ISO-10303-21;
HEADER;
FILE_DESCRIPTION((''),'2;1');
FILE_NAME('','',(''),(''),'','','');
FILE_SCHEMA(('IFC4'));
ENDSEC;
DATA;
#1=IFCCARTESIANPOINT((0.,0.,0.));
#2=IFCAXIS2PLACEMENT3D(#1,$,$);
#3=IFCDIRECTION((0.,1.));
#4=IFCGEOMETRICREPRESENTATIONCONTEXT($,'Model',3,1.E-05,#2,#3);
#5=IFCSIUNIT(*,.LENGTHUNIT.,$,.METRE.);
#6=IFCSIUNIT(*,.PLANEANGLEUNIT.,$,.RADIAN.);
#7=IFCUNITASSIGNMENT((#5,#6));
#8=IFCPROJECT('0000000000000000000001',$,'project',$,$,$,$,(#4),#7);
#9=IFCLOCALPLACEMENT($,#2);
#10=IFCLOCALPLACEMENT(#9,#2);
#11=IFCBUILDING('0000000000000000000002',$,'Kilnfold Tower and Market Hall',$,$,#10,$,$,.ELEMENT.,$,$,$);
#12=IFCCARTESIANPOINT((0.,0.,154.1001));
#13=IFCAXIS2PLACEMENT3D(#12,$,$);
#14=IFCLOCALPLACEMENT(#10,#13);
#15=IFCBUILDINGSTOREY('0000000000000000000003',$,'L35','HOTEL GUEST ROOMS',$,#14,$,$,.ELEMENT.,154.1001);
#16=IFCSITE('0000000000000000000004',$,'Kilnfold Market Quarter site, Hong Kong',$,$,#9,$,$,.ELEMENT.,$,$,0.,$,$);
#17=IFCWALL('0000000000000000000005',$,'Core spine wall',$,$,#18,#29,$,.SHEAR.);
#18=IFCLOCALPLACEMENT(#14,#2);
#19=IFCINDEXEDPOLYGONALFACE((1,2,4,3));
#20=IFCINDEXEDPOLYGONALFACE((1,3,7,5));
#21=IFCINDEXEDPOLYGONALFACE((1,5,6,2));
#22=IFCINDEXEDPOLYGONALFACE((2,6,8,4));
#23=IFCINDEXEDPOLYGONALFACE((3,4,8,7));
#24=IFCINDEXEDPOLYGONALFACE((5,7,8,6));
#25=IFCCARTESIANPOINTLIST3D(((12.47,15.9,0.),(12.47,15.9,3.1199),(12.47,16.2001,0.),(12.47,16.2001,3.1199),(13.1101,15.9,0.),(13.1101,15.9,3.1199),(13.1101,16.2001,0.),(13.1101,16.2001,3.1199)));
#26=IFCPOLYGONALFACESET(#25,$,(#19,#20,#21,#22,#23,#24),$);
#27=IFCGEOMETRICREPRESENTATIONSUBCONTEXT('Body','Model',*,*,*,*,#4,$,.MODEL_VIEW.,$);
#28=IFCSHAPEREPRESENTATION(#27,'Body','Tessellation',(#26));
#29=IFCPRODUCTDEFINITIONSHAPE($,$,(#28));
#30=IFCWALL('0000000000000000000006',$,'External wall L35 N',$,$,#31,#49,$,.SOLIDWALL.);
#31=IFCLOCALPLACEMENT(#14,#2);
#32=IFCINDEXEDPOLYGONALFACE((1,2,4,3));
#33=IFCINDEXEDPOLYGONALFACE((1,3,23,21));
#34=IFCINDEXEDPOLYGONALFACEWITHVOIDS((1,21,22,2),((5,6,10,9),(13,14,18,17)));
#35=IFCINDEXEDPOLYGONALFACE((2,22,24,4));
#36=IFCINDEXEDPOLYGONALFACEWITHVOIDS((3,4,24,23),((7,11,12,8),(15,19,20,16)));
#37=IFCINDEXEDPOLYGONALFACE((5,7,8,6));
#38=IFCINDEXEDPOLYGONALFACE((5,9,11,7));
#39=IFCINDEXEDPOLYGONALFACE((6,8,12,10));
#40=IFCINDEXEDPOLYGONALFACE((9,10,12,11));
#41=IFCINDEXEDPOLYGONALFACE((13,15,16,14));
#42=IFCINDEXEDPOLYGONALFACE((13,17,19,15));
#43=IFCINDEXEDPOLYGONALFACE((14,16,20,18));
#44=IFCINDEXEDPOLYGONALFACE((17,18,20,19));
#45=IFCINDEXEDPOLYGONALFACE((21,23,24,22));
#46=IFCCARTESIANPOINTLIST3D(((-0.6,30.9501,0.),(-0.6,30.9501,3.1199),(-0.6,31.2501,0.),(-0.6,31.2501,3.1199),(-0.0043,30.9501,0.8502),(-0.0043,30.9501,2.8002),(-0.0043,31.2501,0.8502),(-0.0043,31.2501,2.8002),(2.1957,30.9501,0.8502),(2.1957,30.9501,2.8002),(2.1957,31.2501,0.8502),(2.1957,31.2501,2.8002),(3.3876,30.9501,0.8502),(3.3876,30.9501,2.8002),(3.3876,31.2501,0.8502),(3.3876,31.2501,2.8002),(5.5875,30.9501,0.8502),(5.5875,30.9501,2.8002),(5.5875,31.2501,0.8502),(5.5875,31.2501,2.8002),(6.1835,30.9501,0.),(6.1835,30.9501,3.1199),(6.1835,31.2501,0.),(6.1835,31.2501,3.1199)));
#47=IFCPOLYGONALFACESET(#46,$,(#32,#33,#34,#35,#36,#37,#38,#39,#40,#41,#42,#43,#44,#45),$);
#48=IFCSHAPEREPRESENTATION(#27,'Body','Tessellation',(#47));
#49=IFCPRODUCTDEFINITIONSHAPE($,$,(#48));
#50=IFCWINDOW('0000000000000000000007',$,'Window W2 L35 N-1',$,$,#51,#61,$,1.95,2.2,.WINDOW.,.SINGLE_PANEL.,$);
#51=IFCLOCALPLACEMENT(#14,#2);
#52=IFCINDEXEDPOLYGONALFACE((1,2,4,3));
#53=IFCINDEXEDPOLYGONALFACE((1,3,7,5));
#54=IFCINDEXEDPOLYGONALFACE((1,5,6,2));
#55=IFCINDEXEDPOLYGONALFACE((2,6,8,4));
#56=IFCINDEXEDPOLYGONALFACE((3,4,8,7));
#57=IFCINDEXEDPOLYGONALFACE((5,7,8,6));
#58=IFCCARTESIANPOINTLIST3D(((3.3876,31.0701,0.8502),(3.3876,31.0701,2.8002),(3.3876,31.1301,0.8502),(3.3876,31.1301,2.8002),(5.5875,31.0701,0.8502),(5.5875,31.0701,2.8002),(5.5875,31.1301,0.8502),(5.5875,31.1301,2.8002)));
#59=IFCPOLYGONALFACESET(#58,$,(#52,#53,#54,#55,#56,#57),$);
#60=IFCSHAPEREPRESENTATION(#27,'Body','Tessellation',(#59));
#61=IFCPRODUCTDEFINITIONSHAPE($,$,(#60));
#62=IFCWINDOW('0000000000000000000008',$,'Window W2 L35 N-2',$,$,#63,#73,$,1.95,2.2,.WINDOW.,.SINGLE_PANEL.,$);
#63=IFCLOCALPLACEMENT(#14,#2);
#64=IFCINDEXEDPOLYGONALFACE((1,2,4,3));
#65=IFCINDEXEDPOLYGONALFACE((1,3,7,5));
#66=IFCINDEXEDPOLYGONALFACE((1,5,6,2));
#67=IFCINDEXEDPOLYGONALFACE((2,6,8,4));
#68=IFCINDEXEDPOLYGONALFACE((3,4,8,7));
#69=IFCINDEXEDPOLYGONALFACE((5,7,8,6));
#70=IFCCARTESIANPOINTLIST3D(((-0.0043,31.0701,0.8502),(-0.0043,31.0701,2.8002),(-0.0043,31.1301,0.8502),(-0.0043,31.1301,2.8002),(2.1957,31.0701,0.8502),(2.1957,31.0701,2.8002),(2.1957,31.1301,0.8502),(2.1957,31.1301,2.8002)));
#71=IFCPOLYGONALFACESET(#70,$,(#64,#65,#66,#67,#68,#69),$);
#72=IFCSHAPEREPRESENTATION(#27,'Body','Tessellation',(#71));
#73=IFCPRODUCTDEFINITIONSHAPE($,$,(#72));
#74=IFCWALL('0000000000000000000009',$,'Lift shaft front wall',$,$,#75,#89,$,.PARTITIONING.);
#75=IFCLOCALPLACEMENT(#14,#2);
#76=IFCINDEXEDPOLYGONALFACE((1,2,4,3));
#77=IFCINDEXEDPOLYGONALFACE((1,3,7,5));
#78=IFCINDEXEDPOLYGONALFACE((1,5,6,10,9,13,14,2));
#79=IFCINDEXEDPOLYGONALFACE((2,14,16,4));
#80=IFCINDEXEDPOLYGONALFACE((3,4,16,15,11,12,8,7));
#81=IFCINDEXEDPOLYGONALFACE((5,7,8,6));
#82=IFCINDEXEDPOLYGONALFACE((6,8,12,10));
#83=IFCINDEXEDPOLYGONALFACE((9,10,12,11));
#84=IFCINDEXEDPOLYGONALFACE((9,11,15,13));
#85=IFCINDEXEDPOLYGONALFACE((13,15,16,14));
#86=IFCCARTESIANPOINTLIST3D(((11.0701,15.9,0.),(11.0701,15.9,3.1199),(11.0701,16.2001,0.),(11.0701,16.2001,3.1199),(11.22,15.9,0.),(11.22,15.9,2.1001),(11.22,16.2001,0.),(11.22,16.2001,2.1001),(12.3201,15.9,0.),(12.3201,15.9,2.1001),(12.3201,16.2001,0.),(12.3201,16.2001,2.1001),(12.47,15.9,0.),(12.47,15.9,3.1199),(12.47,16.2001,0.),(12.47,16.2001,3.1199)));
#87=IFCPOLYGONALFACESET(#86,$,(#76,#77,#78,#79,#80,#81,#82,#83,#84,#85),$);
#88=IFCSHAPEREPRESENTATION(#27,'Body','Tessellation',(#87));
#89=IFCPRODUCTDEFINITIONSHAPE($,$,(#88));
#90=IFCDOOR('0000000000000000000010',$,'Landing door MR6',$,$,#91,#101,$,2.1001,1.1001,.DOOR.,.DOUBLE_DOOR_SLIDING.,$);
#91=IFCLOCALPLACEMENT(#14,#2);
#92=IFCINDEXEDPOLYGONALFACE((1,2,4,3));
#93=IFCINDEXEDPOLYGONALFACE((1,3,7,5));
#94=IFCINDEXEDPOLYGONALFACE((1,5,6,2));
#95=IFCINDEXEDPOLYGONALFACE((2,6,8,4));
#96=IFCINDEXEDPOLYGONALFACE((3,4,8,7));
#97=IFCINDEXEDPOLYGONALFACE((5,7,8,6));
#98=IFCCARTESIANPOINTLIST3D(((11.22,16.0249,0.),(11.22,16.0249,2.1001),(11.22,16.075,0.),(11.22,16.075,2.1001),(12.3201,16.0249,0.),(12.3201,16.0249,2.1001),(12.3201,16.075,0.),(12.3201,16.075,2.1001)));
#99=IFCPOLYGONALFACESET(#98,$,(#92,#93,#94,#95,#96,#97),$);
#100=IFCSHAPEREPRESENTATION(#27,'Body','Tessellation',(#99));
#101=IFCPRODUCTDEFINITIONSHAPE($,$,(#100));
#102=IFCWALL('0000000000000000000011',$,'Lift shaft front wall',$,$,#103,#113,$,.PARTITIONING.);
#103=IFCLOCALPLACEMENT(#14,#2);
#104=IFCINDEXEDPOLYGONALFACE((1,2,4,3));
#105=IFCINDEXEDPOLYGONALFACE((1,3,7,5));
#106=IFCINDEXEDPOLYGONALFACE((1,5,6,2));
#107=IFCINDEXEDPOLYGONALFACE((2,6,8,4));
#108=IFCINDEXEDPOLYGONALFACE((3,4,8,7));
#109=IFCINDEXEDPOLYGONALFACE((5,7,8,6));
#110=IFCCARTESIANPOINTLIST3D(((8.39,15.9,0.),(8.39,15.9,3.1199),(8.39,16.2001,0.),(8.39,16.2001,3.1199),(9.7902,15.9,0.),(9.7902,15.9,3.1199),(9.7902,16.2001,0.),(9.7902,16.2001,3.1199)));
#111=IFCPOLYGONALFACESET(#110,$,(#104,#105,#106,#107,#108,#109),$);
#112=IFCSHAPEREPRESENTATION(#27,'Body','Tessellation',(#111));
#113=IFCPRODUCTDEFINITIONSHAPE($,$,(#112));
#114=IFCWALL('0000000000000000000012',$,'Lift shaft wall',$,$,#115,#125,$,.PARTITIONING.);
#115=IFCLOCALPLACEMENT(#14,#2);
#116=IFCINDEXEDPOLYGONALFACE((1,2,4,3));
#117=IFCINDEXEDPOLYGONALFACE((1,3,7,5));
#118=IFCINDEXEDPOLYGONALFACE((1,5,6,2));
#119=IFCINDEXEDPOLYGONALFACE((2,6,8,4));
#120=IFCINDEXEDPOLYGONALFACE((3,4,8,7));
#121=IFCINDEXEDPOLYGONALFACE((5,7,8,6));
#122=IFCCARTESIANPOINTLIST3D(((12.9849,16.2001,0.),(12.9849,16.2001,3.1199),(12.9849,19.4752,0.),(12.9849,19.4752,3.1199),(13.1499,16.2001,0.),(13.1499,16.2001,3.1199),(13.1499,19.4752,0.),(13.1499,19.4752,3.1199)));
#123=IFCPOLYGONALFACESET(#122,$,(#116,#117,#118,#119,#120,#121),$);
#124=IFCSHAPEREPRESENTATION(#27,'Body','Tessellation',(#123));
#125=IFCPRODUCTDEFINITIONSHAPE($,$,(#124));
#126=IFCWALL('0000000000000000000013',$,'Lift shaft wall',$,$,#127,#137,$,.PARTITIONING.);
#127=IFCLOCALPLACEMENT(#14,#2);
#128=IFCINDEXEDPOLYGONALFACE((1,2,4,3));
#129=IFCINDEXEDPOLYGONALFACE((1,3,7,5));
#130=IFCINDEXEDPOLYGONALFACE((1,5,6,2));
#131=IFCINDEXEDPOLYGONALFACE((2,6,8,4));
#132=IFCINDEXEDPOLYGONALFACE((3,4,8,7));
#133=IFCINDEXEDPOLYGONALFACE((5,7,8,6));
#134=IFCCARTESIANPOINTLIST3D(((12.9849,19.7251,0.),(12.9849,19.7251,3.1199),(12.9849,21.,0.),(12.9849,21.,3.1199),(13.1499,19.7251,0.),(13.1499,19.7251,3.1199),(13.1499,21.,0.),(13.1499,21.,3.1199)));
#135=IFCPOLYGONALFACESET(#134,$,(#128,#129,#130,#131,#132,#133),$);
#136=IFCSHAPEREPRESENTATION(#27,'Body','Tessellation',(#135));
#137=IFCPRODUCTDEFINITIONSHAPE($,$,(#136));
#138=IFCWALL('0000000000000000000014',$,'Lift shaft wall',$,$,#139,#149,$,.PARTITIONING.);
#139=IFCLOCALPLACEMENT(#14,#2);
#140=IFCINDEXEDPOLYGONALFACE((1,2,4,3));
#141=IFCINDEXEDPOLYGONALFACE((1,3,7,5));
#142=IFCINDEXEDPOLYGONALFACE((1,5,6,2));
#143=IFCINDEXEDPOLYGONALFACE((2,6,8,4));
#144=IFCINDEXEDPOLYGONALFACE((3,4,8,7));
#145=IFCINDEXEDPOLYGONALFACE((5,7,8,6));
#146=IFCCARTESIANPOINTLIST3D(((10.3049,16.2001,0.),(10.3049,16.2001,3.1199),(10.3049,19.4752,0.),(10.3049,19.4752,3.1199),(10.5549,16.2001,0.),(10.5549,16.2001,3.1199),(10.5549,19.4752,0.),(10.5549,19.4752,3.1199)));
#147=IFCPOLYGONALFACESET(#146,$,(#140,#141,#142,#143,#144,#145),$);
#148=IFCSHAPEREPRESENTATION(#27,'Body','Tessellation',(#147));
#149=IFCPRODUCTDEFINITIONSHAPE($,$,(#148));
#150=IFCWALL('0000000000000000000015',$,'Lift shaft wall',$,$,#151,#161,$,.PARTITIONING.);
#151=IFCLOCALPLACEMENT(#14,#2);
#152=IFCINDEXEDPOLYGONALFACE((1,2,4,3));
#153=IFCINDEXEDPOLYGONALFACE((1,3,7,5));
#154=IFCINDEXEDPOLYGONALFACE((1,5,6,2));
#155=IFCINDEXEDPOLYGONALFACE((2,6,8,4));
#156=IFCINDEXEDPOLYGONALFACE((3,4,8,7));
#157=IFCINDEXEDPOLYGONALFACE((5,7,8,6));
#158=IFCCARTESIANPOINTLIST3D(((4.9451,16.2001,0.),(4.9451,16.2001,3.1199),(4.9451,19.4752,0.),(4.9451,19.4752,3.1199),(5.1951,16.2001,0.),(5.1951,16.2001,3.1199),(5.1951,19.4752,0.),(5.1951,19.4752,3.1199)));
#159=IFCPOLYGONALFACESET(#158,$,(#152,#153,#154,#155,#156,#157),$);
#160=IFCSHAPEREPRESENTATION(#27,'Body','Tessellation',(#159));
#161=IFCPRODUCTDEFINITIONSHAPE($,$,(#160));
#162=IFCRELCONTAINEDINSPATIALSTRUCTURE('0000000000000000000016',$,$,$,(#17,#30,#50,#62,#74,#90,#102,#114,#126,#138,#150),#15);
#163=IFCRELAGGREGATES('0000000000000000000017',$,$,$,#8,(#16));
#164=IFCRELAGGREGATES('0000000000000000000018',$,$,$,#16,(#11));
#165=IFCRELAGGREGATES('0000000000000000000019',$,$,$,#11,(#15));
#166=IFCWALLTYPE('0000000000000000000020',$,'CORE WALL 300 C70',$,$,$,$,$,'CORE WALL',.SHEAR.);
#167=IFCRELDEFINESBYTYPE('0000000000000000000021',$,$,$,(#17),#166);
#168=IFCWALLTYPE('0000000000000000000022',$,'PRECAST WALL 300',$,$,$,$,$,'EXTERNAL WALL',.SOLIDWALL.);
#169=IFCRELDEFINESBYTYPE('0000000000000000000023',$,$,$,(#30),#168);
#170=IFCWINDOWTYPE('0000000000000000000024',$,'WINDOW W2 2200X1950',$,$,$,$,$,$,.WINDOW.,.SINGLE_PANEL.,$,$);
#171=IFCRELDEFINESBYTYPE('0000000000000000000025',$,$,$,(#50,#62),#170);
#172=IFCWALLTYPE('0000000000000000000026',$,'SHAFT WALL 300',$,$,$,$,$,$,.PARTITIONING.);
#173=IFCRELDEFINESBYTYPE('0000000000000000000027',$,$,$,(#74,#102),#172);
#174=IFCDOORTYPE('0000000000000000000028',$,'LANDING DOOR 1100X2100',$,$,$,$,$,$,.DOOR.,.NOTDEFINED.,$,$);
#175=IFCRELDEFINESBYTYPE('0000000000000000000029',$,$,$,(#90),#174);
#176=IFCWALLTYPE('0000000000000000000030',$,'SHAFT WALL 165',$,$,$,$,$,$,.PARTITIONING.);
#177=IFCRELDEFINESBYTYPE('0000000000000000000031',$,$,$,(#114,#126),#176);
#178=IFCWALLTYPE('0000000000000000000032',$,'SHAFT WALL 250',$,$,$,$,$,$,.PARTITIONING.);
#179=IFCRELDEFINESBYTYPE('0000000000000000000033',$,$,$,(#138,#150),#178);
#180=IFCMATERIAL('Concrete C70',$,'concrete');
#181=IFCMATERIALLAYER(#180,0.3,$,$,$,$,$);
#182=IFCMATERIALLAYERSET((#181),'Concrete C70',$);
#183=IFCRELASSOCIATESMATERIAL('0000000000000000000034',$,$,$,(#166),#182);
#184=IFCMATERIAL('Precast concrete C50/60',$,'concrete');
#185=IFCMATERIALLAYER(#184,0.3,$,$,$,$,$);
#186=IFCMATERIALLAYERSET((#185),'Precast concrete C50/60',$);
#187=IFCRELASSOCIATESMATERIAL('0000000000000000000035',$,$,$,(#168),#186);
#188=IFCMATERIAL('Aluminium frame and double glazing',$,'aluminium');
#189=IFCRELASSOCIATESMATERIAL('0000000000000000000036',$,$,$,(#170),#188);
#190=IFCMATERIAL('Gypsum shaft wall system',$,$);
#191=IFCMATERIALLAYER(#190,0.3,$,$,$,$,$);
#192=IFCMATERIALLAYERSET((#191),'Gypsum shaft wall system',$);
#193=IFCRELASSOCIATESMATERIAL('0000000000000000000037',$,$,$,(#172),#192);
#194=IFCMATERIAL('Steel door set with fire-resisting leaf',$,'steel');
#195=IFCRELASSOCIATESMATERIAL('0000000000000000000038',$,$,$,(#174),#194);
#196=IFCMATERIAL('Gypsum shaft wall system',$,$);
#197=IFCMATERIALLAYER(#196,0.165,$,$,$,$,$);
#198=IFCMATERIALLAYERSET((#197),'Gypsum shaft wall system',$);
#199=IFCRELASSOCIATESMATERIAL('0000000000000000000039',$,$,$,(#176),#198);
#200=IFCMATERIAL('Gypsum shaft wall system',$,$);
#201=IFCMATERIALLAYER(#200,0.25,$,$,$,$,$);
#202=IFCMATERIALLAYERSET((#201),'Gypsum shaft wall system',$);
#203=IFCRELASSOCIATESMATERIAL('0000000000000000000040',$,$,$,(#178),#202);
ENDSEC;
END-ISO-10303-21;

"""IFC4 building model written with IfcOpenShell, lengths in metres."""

from ifc_helpers import new_model, si_unit, direction, frame, frame_2d, origin, place, context, subcontext, project, spatial, rectangle, extrude, source, transform, mapped, material, layer, layer_set, type_object, element, fill, save


model = new_model("IFC4")

# Units and contexts
model_context = context("Model", 3, precision=1e-05, world=origin(), true_north=direction((0.0, 1.0)))
body_context = subcontext(model_context, "Body", "Model", "MODEL_VIEW")
ifc_project = project(units=[si_unit("LENGTHUNIT", "METRE"), si_unit("PLANEANGLEUNIT", "RADIAN")], contexts=[model_context])

# Site, building, storey
site_placement = place(None, origin())
site = spatial("IfcSite", under=ifc_project, at=site_placement, Name="Kilnfold Market Quarter site, Hong Kong", CompositionType="ELEMENT", RefElevation=0.0)
building_placement = place(site_placement, origin())
building = spatial("IfcBuilding", under=site, at=building_placement, Name="Kilnfold Tower and Market Hall", CompositionType="ELEMENT")
storey_placement = place(building_placement, frame((0.0, 0.0, 154.1001)))
storey = spatial("IfcBuildingStorey", under=building, at=storey_placement, Name="L35", Description="HOTEL GUEST ROOMS", CompositionType="ELEMENT", Elevation=154.1001)

# Wall
ifc_material_1 = material(Name="Concrete C70", Category="concrete")
ifc_layer_1 = layer(ifc_material_1, 0.3)
ifc_layer_set_1 = layer_set([ifc_layer_1], Name="Concrete C70")
wall_type_1 = type_object("IfcWallType", Name="CORE WALL 300 C70", ElementType="CORE WALL", PredefinedType="SHEAR", material=ifc_layer_set_1)
shared_shape_1 = source(origin(), body_context, "Body", "SweptSolid", [
    extrude(rectangle(XDim=0.6401, YDim=0.3, at=frame_2d((0.3201, 0.0))), origin(), (0.0, 0.0, 1.0), 3.1199),
])
wall_1_placement = place(storey_placement, frame((12.47, 16.05, 0.0), z_axis=(0.0, 0.0, 1.0), x_axis=(1.0, 0.0, 0.0)))
element("IfcWall", 1, at=wall_1_placement, inside=storey, type_object=wall_type_1, Name="Core spine wall", PredefinedType="SHEAR", context=body_context, shape_type="MappedRepresentation", body=[
    mapped(shared_shape_1, transform((0.0, 0.0, 0.0))),
])

# Wall, openings, windows
ifc_material_2 = material(Name="Precast concrete C50/60", Category="concrete")
ifc_layer_2 = layer(ifc_material_2, 0.3)
ifc_layer_set_2 = layer_set([ifc_layer_2], Name="Precast concrete C50/60")
wall_type_2 = type_object("IfcWallType", Name="PRECAST WALL 300", ElementType="EXTERNAL WALL", PredefinedType="SOLIDWALL", material=ifc_layer_set_2)
shared_shape_2 = source(origin(), body_context, "Body", "SweptSolid", [
    extrude(rectangle(XDim=6.7834, YDim=0.3, at=frame_2d((3.3916, 0.0))), origin(), (0.0, 0.0, 1.0), 3.1199),
])
wall_2_placement = place(storey_placement, frame((6.1833, 31.1001, 0.0), z_axis=(0.0, 0.0, 1.0), x_axis=(-1.0, 0.0, 0.0)))
wall_2 = element("IfcWall", 2, at=wall_2_placement, inside=storey, type_object=wall_type_2, Name="External wall L35 N", PredefinedType="SOLIDWALL", context=body_context, shape_type="MappedRepresentation", body=[
    mapped(shared_shape_2, transform((0.0, 0.0, 0.0))),
])
opening_1_placement = place(wall_2_placement, frame((0.5957, 0.0, 0.8501)))
opening_1 = element("IfcOpeningElement", 3, at=opening_1_placement, cuts=wall_2, PredefinedType="OPENING", context=body_context, shape_type="SweptSolid", body=[
    extrude(rectangle(XDim=2.2, YDim=1.95, at=frame_2d((1.1001, 0.9751))), frame((0.0, 0.1602, 0.0), z_axis=(0.0, -1.0, 0.0), x_axis=(1.0, 0.0, 0.0)), (0.0, 0.0, 1.0), 0.3201),
])
opening_2_placement = place(wall_2_placement, frame((3.9875, 0.0, 0.8501)))
opening_2 = element("IfcOpeningElement", 4, at=opening_2_placement, cuts=wall_2, PredefinedType="OPENING", context=body_context, shape_type="SweptSolid", body=[
    extrude(rectangle(XDim=2.2, YDim=1.95, at=frame_2d((1.1001, 0.9751))), frame((0.0, 0.1602, 0.0), z_axis=(0.0, -1.0, 0.0), x_axis=(1.0, 0.0, 0.0)), (0.0, 0.0, 1.0), 0.3201),
])
ifc_material_3 = material(Name="Aluminium frame and double glazing", Category="aluminium")
window_type = type_object("IfcWindowType", Name="WINDOW W2 2200X1950", PartitioningType="SINGLE_PANEL", PredefinedType="WINDOW", material=ifc_material_3)
window_1_placement = place(opening_1_placement, origin())
window_1 = element("IfcWindow", 5, at=window_1_placement, inside=storey, type_object=window_type, Name="Window W2 L35 N-1", OverallHeight=1.95, OverallWidth=2.2, PartitioningType="SINGLE_PANEL", PredefinedType="WINDOW", context=body_context, shape_type="SweptSolid", body=[
    extrude(rectangle(XDim=2.2, YDim=1.95, at=frame_2d((1.1001, 0.9751))), frame((0.0, 0.03, 0.0), z_axis=(0.0, -1.0, 0.0), x_axis=(1.0, 0.0, 0.0)), (0.0, 0.0, 1.0), 0.0601),
])
fill(opening_1, window_1)
window_2_placement = place(opening_2_placement, origin())
window_2 = element("IfcWindow", 6, at=window_2_placement, inside=storey, type_object=window_type, Name="Window W2 L35 N-2", OverallHeight=1.95, OverallWidth=2.2, PartitioningType="SINGLE_PANEL", PredefinedType="WINDOW", context=body_context, shape_type="SweptSolid", body=[
    extrude(rectangle(XDim=2.2, YDim=1.95, at=frame_2d((1.1001, 0.9751))), frame((0.0, 0.03, 0.0), z_axis=(0.0, -1.0, 0.0), x_axis=(1.0, 0.0, 0.0)), (0.0, 0.0, 1.0), 0.0601),
])
fill(opening_2, window_2)

# Wall, opening, door
ifc_material_4 = material(Name="Gypsum shaft wall system")
ifc_layer_3 = layer(ifc_material_4, 0.3)
ifc_layer_set_3 = layer_set([ifc_layer_3], Name="Gypsum shaft wall system")
wall_type_3 = type_object("IfcWallType", Name="SHAFT WALL 300", PredefinedType="PARTITIONING", material=ifc_layer_set_3)
shared_shape_3 = source(origin(), body_context, "Body", "SweptSolid", [
    extrude(rectangle(XDim=1.3999, YDim=0.3, at=frame_2d((0.7, 0.0))), origin(), (0.0, 0.0, 1.0), 3.1199),
])
wall_3_placement = place(storey_placement, frame((11.0701, 16.05, 0.0), z_axis=(0.0, 0.0, 1.0), x_axis=(1.0, 0.0, 0.0)))
wall_3 = element("IfcWall", 7, at=wall_3_placement, inside=storey, type_object=wall_type_3, Name="Lift shaft front wall", PredefinedType="PARTITIONING", context=body_context, shape_type="MappedRepresentation", body=[
    mapped(shared_shape_3, transform((0.0, 0.0, 0.0))),
])
opening_3_placement = place(wall_3_placement, frame((0.1499, 0.0, 0.0)))
opening_3 = element("IfcOpeningElement", 8, at=opening_3_placement, cuts=wall_3, PredefinedType="OPENING", context=body_context, shape_type="SweptSolid", body=[
    extrude(rectangle(XDim=1.1001, YDim=2.1001, at=frame_2d((0.55, 1.05))), frame((0.0, 0.1602, 0.0), z_axis=(0.0, -1.0, 0.0), x_axis=(1.0, 0.0, 0.0)), (0.0, 0.0, 1.0), 0.3201),
])
ifc_material_5 = material(Name="Steel door set with fire-resisting leaf", Category="steel")
door_type_1 = type_object("IfcDoorType", Name="LANDING DOOR 1100X2100", OperationType="NOTDEFINED", PredefinedType="DOOR", material=ifc_material_5)
door_1_placement = place(opening_3_placement, origin())
door_1 = element("IfcDoor", 9, at=door_1_placement, inside=storey, type_object=door_type_1, Name="Landing door MR6", OperationType="DOUBLE_DOOR_SLIDING", OverallHeight=2.1001, OverallWidth=1.1001, PredefinedType="DOOR", context=body_context, shape_type="SweptSolid", body=[
    extrude(rectangle(XDim=1.1001, YDim=2.1001, at=frame_2d((0.55, 1.05))), frame((0.0, 0.0249, 0.0), z_axis=(0.0, -1.0, 0.0), x_axis=(1.0, 0.0, 0.0)), (0.0, 0.0, 1.0), 0.05),
])
fill(opening_3, door_1)

# Walls
shared_shape_4 = source(origin(), body_context, "Body", "SweptSolid", [
    extrude(rectangle(XDim=1.4001, YDim=0.3, at=frame_2d((0.7002, 0.0))), origin(), (0.0, 0.0, 1.0), 3.1199),
])
wall_4_placement = place(storey_placement, frame((8.3899, 16.05, 0.0), z_axis=(0.0, 0.0, 1.0), x_axis=(1.0, 0.0, 0.0)))
element("IfcWall", 10, at=wall_4_placement, inside=storey, type_object=wall_type_3, Name="Lift shaft front wall", PredefinedType="PARTITIONING", context=body_context, shape_type="MappedRepresentation", body=[
    mapped(shared_shape_4, transform((0.0, 0.0, 0.0))),
])
ifc_material_6 = material(Name="Gypsum shaft wall system")
ifc_layer_4 = layer(ifc_material_6, 0.165)
ifc_layer_set_4 = layer_set([ifc_layer_4], Name="Gypsum shaft wall system")
wall_type_4 = type_object("IfcWallType", Name="SHAFT WALL 165", PredefinedType="PARTITIONING", material=ifc_layer_set_4)
shared_shape_5 = source(origin(), body_context, "Body", "SweptSolid", [
    extrude(rectangle(XDim=3.2751, YDim=0.165, at=frame_2d((1.6377, 0.0))), origin(), (0.0, 0.0, 1.0), 3.1199),
])
wall_5_placement = place(storey_placement, frame((13.0674, 16.2, 0.0), z_axis=(0.0, 0.0, 1.0), x_axis=(0.0, 1.0, 0.0)))
element("IfcWall", 11, at=wall_5_placement, inside=storey, type_object=wall_type_4, Name="Lift shaft wall", PredefinedType="PARTITIONING", context=body_context, shape_type="MappedRepresentation", body=[
    mapped(shared_shape_5, transform((0.0, 0.0, 0.0))),
])
shared_shape_6 = source(origin(), body_context, "Body", "SweptSolid", [
    extrude(rectangle(XDim=1.2749, YDim=0.165, at=frame_2d((0.6375, 0.0))), origin(), (0.0, 0.0, 1.0), 3.1199),
])
wall_6_placement = place(storey_placement, frame((13.0674, 19.7251, 0.0), z_axis=(0.0, 0.0, 1.0), x_axis=(0.0, 1.0, 0.0)))
element("IfcWall", 12, at=wall_6_placement, inside=storey, type_object=wall_type_4, Name="Lift shaft wall", PredefinedType="PARTITIONING", context=body_context, shape_type="MappedRepresentation", body=[
    mapped(shared_shape_6, transform((0.0, 0.0, 0.0))),
])
ifc_material_7 = material(Name="Gypsum shaft wall system")
ifc_layer_5 = layer(ifc_material_7, 0.25)
ifc_layer_set_5 = layer_set([ifc_layer_5], Name="Gypsum shaft wall system")
wall_type_5 = type_object("IfcWallType", Name="SHAFT WALL 250", PredefinedType="PARTITIONING", material=ifc_layer_set_5)
shared_shape_7 = source(origin(), body_context, "Body", "SweptSolid", [
    extrude(rectangle(XDim=3.2751, YDim=0.25, at=frame_2d((1.6377, 0.0))), origin(), (0.0, 0.0, 1.0), 3.1199),
])
for number, where, z_axis, x_axis, name in (
    (13, (10.4299, 16.2, 0.0), (0.0, 0.0, 1.0), (0.0, 1.0, 0.0), "Lift shaft wall"),
    (14, (5.0701, 16.2, 0.0), (0.0, 0.0, 1.0), (0.0, 1.0, 0.0), "Lift shaft wall"),
):
    element("IfcWall", number, at=place(storey_placement, frame(where, z_axis=z_axis, x_axis=x_axis)), inside=storey, type_object=wall_type_5, Name=name, PredefinedType="PARTITIONING", context=body_context, shape_type="MappedRepresentation", body=[
        mapped(shared_shape_7, transform((0.0, 0.0, 0.0))),
    ])

save(model, "model.ifc")
